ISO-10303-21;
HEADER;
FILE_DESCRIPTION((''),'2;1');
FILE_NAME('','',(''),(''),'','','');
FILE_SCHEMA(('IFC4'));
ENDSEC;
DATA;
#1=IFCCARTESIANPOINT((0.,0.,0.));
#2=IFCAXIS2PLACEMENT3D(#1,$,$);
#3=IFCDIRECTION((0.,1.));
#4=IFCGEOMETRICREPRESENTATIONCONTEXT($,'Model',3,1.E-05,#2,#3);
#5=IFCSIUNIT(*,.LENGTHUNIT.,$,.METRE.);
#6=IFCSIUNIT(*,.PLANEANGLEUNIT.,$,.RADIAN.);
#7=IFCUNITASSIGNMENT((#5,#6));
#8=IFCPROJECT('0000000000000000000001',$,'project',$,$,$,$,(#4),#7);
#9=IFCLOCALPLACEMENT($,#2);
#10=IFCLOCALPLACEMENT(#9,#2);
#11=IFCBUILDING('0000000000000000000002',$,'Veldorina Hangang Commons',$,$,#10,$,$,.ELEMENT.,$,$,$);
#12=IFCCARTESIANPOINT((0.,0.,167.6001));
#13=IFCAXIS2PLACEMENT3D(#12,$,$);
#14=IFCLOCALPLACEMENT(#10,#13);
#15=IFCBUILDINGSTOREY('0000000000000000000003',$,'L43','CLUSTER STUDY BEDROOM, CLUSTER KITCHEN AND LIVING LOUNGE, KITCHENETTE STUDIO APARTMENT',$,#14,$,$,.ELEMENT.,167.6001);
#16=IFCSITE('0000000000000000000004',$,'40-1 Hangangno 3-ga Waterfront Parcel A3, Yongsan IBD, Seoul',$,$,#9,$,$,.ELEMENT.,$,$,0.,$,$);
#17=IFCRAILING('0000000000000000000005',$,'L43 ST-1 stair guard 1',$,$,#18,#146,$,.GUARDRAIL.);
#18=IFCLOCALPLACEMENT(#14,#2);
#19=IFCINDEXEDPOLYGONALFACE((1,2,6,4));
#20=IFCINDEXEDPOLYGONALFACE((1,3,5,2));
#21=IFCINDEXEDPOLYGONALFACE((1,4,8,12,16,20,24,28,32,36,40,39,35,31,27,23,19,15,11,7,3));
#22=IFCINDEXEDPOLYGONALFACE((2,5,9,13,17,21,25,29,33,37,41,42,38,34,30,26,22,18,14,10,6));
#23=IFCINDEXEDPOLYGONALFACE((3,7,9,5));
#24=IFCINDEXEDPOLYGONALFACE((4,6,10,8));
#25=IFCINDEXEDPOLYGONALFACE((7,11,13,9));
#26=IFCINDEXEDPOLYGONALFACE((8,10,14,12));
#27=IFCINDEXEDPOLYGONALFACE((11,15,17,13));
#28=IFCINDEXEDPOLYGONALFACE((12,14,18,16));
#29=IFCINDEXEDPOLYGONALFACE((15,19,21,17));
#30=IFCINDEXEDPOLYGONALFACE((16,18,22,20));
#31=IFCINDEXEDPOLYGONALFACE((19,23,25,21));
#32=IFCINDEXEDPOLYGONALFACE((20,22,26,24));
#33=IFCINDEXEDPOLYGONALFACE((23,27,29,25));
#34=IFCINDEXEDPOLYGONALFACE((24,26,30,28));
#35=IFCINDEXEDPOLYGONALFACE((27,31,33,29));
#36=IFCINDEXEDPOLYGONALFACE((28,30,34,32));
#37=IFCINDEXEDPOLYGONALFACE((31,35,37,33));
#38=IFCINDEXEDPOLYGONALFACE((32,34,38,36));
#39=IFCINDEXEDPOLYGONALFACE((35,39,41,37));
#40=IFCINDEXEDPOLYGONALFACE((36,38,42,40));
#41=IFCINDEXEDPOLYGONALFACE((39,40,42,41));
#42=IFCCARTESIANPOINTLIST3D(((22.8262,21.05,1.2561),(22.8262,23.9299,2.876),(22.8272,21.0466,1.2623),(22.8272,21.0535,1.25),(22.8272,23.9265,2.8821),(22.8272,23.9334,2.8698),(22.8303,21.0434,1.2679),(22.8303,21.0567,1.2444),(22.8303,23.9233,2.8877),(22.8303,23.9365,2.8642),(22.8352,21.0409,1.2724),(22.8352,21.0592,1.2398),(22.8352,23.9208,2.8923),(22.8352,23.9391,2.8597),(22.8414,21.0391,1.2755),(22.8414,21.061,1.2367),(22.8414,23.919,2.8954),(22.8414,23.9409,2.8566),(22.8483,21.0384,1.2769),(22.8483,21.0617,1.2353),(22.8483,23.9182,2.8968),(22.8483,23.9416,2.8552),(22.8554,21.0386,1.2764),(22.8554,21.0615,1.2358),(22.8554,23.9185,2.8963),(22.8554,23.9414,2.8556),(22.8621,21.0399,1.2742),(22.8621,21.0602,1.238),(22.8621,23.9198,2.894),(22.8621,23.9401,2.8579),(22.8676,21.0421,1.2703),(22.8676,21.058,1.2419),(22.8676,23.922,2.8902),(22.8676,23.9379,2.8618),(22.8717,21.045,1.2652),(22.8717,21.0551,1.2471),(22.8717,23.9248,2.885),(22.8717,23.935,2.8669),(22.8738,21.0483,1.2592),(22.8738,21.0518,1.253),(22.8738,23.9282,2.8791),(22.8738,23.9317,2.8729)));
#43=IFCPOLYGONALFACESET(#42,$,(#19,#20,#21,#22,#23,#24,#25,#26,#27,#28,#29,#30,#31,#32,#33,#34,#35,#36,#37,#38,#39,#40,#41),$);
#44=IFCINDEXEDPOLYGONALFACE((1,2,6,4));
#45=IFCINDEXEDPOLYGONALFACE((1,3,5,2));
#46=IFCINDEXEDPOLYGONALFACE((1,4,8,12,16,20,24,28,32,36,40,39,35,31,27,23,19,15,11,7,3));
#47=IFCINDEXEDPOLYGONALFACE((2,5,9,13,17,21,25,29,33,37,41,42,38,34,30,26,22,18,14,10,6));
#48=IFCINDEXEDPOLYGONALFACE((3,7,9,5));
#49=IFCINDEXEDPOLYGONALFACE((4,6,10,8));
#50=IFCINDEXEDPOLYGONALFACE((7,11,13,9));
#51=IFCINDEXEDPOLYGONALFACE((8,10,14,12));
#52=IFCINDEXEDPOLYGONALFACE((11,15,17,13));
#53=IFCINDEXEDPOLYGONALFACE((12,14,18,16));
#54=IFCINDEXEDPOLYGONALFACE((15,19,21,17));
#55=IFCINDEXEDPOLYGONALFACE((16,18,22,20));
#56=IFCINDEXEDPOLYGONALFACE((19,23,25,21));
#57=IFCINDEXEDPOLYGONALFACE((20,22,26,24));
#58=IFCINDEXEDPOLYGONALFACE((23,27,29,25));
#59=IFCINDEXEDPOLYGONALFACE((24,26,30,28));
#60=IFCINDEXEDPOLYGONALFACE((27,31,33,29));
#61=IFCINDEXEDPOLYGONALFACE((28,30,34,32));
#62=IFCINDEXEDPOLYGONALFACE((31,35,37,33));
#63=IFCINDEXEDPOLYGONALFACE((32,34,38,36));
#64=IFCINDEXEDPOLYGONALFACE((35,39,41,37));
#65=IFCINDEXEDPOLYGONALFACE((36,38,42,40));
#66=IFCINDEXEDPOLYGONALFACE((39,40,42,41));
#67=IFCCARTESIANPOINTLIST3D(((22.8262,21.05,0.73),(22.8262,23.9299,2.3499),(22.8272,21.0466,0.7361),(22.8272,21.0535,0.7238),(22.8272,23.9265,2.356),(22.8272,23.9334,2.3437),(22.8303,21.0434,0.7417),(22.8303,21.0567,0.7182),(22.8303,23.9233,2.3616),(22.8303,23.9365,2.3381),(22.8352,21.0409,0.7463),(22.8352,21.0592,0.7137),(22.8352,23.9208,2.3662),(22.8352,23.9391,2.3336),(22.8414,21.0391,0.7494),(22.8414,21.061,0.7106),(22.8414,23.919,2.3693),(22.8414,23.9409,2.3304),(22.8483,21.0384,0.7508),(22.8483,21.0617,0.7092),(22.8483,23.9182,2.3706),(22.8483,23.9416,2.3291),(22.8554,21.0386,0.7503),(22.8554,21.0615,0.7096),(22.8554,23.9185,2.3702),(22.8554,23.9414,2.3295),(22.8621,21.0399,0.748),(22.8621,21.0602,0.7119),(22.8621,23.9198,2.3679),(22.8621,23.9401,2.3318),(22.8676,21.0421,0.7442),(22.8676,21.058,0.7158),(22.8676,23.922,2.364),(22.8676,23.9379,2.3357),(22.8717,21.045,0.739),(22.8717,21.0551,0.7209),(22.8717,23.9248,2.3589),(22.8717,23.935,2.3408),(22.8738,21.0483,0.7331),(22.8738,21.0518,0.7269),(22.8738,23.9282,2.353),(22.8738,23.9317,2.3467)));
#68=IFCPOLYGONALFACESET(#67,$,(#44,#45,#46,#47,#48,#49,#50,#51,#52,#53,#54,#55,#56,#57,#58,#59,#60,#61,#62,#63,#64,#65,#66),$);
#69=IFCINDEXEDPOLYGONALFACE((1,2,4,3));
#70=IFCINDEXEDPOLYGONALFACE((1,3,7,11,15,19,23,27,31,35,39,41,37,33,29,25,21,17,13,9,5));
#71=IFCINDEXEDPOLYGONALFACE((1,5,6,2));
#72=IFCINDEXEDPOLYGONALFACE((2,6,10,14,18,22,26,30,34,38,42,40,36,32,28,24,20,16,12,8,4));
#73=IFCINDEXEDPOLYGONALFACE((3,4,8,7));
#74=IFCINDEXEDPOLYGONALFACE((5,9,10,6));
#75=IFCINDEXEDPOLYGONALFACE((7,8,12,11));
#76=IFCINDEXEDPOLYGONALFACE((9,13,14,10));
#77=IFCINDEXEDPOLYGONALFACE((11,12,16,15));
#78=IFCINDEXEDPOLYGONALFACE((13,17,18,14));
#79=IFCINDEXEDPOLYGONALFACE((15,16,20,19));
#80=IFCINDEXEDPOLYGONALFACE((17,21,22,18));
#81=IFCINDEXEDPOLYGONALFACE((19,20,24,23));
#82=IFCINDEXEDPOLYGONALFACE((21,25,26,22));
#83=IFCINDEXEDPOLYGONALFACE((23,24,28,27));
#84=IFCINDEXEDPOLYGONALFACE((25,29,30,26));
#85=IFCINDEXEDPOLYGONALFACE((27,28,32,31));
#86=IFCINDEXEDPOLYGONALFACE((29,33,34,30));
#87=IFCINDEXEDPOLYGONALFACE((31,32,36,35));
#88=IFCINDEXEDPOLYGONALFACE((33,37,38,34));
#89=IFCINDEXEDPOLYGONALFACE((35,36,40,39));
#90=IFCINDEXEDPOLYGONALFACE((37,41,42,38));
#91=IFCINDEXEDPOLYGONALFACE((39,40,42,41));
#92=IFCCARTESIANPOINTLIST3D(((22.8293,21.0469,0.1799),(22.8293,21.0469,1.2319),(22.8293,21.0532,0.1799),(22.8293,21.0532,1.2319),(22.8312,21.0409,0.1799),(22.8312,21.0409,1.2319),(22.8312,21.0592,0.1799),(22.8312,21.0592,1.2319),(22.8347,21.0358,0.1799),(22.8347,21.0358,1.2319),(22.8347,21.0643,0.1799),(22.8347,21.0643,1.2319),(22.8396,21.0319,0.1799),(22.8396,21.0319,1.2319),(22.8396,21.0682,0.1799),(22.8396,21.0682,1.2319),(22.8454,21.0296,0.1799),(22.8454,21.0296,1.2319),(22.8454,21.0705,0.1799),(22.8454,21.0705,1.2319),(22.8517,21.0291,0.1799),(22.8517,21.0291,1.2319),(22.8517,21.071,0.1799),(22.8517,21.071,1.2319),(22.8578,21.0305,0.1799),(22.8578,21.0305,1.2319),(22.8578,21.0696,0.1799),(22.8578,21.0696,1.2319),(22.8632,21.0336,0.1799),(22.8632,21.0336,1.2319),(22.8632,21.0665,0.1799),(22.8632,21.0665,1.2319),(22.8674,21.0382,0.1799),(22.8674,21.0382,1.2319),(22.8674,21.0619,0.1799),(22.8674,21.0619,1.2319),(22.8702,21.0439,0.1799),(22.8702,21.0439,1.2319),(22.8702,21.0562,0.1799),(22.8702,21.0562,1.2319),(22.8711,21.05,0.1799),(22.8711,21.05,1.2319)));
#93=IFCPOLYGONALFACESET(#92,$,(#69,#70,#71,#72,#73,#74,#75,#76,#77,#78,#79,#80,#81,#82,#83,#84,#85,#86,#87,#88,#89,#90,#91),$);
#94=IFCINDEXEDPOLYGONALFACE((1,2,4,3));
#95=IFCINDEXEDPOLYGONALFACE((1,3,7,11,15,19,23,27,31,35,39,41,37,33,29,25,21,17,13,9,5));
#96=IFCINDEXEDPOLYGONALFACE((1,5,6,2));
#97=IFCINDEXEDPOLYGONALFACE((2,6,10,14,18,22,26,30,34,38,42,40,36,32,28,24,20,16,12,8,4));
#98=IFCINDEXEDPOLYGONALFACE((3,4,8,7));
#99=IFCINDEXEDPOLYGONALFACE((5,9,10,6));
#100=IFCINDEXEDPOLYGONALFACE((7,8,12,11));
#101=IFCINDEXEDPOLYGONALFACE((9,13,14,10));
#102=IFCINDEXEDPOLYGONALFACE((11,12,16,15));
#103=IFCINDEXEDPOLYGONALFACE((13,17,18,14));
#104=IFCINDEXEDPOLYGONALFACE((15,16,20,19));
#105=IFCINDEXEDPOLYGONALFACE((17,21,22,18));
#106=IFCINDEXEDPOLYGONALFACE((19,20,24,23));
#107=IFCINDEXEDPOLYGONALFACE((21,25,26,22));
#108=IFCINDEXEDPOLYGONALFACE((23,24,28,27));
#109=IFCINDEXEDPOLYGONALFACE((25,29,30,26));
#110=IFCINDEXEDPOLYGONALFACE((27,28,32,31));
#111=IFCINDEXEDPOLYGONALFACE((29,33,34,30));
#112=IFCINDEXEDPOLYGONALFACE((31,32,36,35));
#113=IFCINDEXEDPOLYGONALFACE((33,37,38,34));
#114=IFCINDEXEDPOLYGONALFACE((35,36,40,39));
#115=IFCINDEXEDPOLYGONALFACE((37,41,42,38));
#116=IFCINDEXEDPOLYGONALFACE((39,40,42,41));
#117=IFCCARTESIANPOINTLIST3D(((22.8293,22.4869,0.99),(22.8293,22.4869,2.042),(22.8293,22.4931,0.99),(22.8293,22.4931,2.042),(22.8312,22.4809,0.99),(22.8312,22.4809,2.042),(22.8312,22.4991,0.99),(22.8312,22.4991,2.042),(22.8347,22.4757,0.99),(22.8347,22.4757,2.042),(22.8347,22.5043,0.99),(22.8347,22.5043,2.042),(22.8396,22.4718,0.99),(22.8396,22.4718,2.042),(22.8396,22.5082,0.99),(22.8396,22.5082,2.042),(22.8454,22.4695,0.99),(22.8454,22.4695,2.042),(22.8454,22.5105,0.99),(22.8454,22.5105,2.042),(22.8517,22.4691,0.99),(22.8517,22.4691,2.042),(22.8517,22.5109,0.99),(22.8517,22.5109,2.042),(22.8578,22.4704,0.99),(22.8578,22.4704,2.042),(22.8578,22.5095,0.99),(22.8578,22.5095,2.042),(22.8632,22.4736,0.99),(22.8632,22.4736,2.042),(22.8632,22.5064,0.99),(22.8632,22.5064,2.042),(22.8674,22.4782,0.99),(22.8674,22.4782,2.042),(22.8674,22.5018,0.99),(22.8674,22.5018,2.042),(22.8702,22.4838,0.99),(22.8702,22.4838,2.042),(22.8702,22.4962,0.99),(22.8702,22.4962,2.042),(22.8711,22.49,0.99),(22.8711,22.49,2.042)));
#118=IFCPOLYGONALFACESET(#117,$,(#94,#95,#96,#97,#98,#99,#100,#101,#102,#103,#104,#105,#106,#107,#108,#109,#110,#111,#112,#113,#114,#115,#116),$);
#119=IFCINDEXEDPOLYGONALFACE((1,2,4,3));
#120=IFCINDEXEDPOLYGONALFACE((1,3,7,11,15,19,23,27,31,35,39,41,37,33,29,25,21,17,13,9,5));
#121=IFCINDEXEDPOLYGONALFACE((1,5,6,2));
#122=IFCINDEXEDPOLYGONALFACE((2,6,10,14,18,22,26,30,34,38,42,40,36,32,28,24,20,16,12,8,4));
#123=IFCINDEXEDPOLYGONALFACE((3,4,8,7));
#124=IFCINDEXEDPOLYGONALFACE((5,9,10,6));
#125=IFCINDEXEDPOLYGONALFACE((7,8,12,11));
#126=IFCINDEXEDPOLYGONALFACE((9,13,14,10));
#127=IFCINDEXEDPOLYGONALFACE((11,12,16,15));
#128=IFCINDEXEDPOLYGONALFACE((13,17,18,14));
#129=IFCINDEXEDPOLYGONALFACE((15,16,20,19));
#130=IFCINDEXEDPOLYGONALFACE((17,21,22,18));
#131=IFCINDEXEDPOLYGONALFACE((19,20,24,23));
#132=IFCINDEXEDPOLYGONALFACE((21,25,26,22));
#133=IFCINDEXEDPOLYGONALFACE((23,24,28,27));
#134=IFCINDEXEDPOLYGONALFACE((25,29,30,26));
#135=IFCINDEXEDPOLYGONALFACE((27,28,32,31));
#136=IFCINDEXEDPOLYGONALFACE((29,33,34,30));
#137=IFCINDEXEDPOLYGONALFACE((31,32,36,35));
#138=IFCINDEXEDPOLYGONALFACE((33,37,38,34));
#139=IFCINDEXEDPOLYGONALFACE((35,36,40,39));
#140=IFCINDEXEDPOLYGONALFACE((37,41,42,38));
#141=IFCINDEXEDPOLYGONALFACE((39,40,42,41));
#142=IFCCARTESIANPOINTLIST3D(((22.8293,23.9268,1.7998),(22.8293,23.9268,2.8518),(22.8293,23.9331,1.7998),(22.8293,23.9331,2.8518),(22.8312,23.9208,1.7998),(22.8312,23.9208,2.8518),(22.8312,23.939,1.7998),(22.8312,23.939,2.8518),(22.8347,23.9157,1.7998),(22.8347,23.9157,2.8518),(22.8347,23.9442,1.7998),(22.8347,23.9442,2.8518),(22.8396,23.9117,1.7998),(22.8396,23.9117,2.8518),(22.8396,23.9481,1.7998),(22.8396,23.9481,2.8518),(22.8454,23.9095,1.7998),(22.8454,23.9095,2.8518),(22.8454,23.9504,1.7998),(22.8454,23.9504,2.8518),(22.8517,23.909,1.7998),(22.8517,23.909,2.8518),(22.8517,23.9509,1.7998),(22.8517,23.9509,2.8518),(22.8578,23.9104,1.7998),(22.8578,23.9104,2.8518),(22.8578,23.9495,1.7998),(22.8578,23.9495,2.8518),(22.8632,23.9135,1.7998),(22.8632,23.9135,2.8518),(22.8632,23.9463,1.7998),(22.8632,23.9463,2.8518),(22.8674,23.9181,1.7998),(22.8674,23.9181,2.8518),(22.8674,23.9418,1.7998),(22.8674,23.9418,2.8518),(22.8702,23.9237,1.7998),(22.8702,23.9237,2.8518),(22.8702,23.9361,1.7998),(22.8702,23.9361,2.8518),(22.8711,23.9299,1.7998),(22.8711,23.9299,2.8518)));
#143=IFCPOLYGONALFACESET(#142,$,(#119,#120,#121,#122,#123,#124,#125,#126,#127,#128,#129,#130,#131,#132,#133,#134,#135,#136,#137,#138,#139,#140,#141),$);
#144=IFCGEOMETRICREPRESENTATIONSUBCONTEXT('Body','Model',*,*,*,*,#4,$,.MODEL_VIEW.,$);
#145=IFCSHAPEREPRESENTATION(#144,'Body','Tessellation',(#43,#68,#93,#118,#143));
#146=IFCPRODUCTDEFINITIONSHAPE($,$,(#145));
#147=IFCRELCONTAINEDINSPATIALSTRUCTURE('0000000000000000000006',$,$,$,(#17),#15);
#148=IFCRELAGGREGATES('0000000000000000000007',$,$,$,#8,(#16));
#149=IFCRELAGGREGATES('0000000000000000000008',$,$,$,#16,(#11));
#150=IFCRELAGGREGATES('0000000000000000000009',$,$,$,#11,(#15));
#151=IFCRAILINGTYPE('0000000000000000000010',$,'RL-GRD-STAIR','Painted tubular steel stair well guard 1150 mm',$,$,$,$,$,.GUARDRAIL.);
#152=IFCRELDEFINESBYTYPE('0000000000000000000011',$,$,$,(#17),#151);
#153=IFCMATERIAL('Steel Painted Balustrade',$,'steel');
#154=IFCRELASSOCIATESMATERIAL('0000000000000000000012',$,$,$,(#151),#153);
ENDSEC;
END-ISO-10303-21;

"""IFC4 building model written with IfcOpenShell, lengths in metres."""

from ifc_helpers import new_model, si_unit, direction, frame, origin, origin_2d, place, context, subcontext, project, spatial, circle, extrude, material, type_object, element, save


model = new_model("IFC4")

# Units and contexts
model_context = context("Model", 3, precision=1e-05, world=origin(), true_north=direction((0.0, 1.0)))
body_context = subcontext(model_context, "Body", "Model", "MODEL_VIEW")
ifc_project = project(units=[si_unit("LENGTHUNIT", "METRE"), si_unit("PLANEANGLEUNIT", "RADIAN")], contexts=[model_context])

# Site, building, storey
site_placement = place(None, origin())
site = spatial("IfcSite", under=ifc_project, at=site_placement, Name="40-1 Hangangno 3-ga Waterfront Parcel A3, Yongsan IBD, Seoul", CompositionType="ELEMENT", RefElevation=0.0)
building_placement = place(site_placement, origin())
building = spatial("IfcBuilding", under=site, at=building_placement, Name="Veldorina Hangang Commons", CompositionType="ELEMENT")
storey_placement = place(building_placement, frame((0.0, 0.0, 167.6001)))
storey = spatial("IfcBuildingStorey", under=building, at=storey_placement, Name="L43", Description="CLUSTER STUDY BEDROOM, CLUSTER KITCHEN AND LIVING LOUNGE, KITCHENETTE STUDIO APARTMENT", CompositionType="ELEMENT", Elevation=167.6001)

# Railing
ifc_material_1 = material(Name="Steel Painted Balustrade", Category="steel")
railing_type_1 = type_object("IfcRailingType", Name="RL-GRD-STAIR", Description="Painted tubular steel stair well guard 1150 mm", PredefinedType="GUARDRAIL", material=ifc_material_1)
railing_1_placement = place(storey_placement, frame((22.8501, 21.05, 0.1799)))
element("IfcRailing", 1, at=railing_1_placement, inside=storey, type_object=railing_type_1, Name="L43 ST-1 stair guard 1", PredefinedType="GUARDRAIL", context=body_context, shape_type="SweptSolid", body=[
    extrude(circle(Radius=0.0239, at=origin_2d()), frame((0.0, 0.0, 1.0762), z_axis=(0.0, 0.871583, 0.490247), x_axis=(-1.0, 0.0, 0.0)), (0.0, 0.0, 1.0), 3.3042),
    extrude(circle(Radius=0.0239, at=origin_2d()), frame((0.0, 0.0, 0.55), z_axis=(0.0, 0.871583, 0.490247), x_axis=(-1.0, 0.0, 0.0)), (0.0, 0.0, 1.0), 3.3042),
    extrude(circle(Radius=0.021, at=origin_2d()), origin(), (0.0, 0.0, 1.0), 1.052),
    extrude(circle(Radius=0.021, at=origin_2d()), frame((0.0, 1.4399, 0.8101)), (0.0, 0.0, 1.0), 1.052),
    extrude(circle(Radius=0.021, at=origin_2d()), frame((0.0, 2.8799, 1.6199)), (0.0, 0.0, 1.0), 1.052),
])

save(model, "model.ifc")
